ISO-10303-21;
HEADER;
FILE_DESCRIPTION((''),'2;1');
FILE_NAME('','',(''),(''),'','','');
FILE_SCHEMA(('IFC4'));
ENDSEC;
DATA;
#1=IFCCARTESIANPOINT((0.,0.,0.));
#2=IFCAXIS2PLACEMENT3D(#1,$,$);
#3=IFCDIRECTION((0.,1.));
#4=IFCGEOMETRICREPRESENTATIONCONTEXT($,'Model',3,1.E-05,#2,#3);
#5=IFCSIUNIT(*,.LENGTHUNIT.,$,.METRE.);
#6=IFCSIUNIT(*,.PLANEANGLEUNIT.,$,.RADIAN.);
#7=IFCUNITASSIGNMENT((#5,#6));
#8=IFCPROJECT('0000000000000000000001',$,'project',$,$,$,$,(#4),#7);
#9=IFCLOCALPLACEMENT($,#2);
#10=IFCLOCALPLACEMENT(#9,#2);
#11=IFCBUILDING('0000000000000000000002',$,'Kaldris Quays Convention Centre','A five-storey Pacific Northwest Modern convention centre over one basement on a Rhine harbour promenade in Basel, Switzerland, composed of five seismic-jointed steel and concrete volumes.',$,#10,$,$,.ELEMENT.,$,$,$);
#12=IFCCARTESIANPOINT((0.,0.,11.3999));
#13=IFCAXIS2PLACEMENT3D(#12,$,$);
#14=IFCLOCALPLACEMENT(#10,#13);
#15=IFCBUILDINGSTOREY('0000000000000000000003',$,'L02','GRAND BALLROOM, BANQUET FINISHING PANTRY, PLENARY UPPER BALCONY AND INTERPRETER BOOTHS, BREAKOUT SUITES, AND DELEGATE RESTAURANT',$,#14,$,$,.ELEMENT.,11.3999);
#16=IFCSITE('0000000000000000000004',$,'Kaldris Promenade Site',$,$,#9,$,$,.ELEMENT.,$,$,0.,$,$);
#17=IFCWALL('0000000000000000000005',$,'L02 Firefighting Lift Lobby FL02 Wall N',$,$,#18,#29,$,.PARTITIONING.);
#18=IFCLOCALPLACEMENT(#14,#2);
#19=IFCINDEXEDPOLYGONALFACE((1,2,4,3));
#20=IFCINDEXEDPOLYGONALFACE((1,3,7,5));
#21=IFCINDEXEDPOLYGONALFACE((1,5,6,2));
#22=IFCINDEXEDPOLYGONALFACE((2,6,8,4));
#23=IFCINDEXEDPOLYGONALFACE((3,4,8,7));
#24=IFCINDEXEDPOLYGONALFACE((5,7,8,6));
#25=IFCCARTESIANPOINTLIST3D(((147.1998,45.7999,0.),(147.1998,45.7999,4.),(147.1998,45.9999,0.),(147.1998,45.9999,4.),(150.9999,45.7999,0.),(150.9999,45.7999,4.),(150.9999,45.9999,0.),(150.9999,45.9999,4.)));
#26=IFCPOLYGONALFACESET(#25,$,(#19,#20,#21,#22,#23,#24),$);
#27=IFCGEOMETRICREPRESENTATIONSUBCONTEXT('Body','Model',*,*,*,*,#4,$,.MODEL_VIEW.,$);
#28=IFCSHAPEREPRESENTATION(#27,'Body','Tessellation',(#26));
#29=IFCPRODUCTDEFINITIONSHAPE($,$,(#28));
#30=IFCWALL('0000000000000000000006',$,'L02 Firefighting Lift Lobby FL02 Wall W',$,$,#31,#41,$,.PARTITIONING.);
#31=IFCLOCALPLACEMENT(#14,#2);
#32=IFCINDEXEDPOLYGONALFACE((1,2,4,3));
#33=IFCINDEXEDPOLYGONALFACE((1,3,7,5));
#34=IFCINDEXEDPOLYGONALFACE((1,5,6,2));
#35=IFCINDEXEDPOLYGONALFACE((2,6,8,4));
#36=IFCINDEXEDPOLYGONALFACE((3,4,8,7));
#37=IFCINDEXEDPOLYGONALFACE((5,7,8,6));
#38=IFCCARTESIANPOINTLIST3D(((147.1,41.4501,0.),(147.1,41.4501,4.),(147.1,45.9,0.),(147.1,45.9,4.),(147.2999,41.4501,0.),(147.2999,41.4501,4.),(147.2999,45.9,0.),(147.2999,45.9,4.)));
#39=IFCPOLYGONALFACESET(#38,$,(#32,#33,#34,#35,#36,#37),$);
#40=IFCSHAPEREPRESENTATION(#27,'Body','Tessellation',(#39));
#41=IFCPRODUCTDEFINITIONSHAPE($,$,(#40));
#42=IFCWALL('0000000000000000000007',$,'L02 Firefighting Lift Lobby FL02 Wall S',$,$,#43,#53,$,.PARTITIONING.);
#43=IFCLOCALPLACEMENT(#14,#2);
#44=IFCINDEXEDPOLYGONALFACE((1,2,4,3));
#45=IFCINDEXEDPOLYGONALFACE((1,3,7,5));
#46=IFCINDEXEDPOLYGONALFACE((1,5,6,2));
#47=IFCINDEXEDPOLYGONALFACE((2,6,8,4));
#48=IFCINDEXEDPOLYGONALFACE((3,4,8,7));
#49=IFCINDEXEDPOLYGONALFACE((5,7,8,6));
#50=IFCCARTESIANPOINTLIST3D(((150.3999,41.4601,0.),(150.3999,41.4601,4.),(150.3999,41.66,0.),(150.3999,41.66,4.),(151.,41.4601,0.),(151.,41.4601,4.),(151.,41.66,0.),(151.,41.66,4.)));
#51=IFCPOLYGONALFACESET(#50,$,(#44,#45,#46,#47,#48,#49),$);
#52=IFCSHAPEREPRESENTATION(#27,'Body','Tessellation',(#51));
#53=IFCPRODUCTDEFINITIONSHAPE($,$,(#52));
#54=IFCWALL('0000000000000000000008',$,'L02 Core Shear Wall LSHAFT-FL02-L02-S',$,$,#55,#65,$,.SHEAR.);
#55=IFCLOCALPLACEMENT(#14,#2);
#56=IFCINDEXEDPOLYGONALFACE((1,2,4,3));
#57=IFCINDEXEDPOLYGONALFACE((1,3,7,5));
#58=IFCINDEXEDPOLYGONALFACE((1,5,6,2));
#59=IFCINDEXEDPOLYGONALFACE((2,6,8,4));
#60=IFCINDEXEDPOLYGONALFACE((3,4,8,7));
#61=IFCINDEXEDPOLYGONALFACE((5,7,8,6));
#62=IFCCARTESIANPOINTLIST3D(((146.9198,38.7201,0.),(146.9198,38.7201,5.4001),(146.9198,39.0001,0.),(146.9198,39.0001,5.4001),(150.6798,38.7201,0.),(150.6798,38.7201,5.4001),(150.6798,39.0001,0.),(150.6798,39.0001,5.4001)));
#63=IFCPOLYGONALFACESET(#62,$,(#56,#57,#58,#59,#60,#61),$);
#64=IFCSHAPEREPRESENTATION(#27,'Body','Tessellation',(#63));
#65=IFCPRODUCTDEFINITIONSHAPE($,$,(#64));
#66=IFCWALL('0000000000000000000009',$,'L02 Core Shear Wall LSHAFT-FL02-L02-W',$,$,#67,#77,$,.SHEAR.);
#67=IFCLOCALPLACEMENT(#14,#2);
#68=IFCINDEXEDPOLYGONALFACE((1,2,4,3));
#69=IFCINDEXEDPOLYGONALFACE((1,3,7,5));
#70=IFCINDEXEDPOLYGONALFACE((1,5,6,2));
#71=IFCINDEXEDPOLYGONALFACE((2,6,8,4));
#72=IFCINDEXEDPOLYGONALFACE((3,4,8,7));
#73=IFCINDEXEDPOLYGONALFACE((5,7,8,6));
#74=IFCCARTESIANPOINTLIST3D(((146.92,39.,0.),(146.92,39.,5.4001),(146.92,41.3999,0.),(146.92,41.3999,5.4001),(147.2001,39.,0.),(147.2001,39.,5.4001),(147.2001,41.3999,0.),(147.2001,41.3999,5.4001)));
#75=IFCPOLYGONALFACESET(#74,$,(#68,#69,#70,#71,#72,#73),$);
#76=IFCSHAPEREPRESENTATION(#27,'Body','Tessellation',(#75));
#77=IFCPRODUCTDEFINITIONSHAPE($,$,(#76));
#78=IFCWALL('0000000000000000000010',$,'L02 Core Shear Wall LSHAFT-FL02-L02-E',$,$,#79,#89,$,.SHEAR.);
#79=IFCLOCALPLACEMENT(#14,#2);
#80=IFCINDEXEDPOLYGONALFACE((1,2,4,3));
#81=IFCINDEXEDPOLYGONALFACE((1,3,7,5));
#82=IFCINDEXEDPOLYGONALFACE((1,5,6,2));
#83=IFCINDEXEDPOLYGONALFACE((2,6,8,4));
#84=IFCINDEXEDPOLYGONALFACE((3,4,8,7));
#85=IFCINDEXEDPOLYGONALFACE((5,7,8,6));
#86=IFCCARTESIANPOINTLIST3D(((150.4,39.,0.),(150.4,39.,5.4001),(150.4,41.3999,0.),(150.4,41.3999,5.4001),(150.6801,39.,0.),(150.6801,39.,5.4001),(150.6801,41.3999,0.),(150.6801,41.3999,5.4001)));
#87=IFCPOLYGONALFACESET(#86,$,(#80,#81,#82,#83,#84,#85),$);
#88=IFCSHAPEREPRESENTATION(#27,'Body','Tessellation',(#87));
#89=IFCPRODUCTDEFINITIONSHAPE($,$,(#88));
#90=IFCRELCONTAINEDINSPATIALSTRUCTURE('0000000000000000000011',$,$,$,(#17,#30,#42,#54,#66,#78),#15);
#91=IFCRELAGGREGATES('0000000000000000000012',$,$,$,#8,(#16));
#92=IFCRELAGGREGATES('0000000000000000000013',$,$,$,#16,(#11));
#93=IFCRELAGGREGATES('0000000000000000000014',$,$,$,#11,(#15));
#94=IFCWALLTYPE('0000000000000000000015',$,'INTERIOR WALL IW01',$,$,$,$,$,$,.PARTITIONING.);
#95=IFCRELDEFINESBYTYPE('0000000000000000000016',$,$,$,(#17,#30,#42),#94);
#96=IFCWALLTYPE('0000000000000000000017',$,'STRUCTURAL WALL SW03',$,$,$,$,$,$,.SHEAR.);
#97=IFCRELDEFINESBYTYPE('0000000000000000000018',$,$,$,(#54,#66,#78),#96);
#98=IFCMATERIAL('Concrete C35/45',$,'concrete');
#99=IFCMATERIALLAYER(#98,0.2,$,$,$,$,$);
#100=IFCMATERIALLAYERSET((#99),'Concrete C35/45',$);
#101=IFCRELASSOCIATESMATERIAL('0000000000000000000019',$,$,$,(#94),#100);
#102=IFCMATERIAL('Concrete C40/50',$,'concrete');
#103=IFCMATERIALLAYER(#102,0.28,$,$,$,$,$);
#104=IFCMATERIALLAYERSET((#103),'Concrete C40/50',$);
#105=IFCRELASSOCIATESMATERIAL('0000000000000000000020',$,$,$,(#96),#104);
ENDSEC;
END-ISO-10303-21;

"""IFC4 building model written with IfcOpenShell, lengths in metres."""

from ifc_helpers import new_model, si_unit, direction, frame, frame_2d, origin, place, context, subcontext, project, spatial, rectangle, extrude, material, layer, layer_set, type_object, element, save


model = new_model("IFC4")

# Units and contexts
model_context = context("Model", 3, precision=1e-05, world=origin(), true_north=direction((0.0, 1.0)))
body_context = subcontext(model_context, "Body", "Model", "MODEL_VIEW")
ifc_project = project(units=[si_unit("LENGTHUNIT", "METRE"), si_unit("PLANEANGLEUNIT", "RADIAN")], contexts=[model_context])

# Site, building, storey
site_placement = place(None, origin())
site = spatial("IfcSite", under=ifc_project, at=site_placement, Name="Kaldris Promenade Site", CompositionType="ELEMENT", RefElevation=0.0)
building_placement = place(site_placement, origin())
building = spatial("IfcBuilding", under=site, at=building_placement, Name="Kaldris Quays Convention Centre", Description="A five-storey Pacific Northwest Modern convention centre over one basement on a Rhine harbour promenade in Basel, Switzerland, composed of five seismic-jointed steel and concrete volumes.", CompositionType="ELEMENT")
storey_placement = place(building_placement, frame((0.0, 0.0, 11.3999)))
storey = spatial("IfcBuildingStorey", under=building, at=storey_placement, Name="L02", Description="GRAND BALLROOM, BANQUET FINISHING PANTRY, PLENARY UPPER BALCONY AND INTERPRETER BOOTHS, BREAKOUT SUITES, AND DELEGATE RESTAURANT", CompositionType="ELEMENT", Elevation=11.3999)

# Shared definitions
ifc_material_1 = material(Name="Concrete C35/45", Category="concrete")
ifc_layer_1 = layer(ifc_material_1, 0.2)
ifc_layer_set_1 = layer_set([ifc_layer_1], Name="Concrete C35/45")
wall_type_1 = type_object("IfcWallType", Name="INTERIOR WALL IW01", PredefinedType="PARTITIONING", material=ifc_layer_set_1)

# Walls
wall_1_placement = place(storey_placement, frame((147.2, 45.8999, 0.0), z_axis=(0.0, 0.0, 1.0), x_axis=(1.0, 0.0, 0.0)))
element("IfcWall", 1, at=wall_1_placement, inside=storey, type_object=wall_type_1, Name="L02 Firefighting Lift Lobby FL02 Wall N", PredefinedType="PARTITIONING", context=body_context, shape_type="SweptSolid", body=[
    extrude(rectangle(XDim=3.8, YDim=0.2, at=frame_2d((1.8999, 0.0))), origin(), (0.0, 0.0, 1.0), 4.0),
])
wall_2_placement = place(storey_placement, frame((147.2, 41.45, 0.0), z_axis=(0.0, 0.0, 1.0), x_axis=(0.0, 1.0, 0.0)))
element("IfcWall", 2, at=wall_2_placement, inside=storey, type_object=wall_type_1, Name="L02 Firefighting Lift Lobby FL02 Wall W", PredefinedType="PARTITIONING", context=body_context, shape_type="SweptSolid", body=[
    extrude(rectangle(XDim=4.45, YDim=0.2, at=frame_2d((2.2251, 0.0))), origin(), (0.0, 0.0, 1.0), 4.0),
])
wall_3_placement = place(storey_placement, frame((150.3999, 41.5601, 0.0), z_axis=(0.0, 0.0, 1.0), x_axis=(1.0, 0.0, 0.0)))
element("IfcWall", 3, at=wall_3_placement, inside=storey, type_object=wall_type_1, Name="L02 Firefighting Lift Lobby FL02 Wall S", PredefinedType="PARTITIONING", context=body_context, shape_type="SweptSolid", body=[
    extrude(rectangle(XDim=0.6001, YDim=0.2, at=frame_2d((0.3, 0.0))), origin(), (0.0, 0.0, 1.0), 4.0),
])
ifc_material_2 = material(Name="Concrete C40/50", Category="concrete")
ifc_layer_2 = layer(ifc_material_2, 0.28)
ifc_layer_set_2 = layer_set([ifc_layer_2], Name="Concrete C40/50")
wall_type_2 = type_object("IfcWallType", Name="STRUCTURAL WALL SW03", PredefinedType="SHEAR", material=ifc_layer_set_2)
wall_4_placement = place(storey_placement, frame((146.9199, 38.8601, 0.0), z_axis=(0.0, 0.0, 1.0), x_axis=(1.0, 0.0, 0.0)))
element("IfcWall", 4, at=wall_4_placement, inside=storey, type_object=wall_type_2, Name="L02 Core Shear Wall LSHAFT-FL02-L02-S", PredefinedType="SHEAR", context=body_context, shape_type="SweptSolid", body=[
    extrude(rectangle(XDim=3.76, YDim=0.28, at=frame_2d((1.8799, 0.0))), origin(), (0.0, 0.0, 1.0), 5.4001),
])

# Walls
for number, where, z_axis, x_axis, name in (
    (5, (147.0601, 39.0, 0.0), (0.0, 0.0, 1.0), (0.0, 1.0, 0.0), "L02 Core Shear Wall LSHAFT-FL02-L02-W"),
    (6, (150.54, 39.0, 0.0), (0.0, 0.0, 1.0), (0.0, 1.0, 0.0), "L02 Core Shear Wall LSHAFT-FL02-L02-E"),
):
    element("IfcWall", number, at=place(storey_placement, frame(where, z_axis=z_axis, x_axis=x_axis)), inside=storey, type_object=wall_type_2, Name=name, PredefinedType="SHEAR", context=body_context, shape_type="SweptSolid", body=[
        extrude(rectangle(XDim=2.3999, YDim=0.28, at=frame_2d((1.2, 0.0))), origin(), (0.0, 0.0, 1.0), 5.4001),
    ])

save(model, "model.ifc")
